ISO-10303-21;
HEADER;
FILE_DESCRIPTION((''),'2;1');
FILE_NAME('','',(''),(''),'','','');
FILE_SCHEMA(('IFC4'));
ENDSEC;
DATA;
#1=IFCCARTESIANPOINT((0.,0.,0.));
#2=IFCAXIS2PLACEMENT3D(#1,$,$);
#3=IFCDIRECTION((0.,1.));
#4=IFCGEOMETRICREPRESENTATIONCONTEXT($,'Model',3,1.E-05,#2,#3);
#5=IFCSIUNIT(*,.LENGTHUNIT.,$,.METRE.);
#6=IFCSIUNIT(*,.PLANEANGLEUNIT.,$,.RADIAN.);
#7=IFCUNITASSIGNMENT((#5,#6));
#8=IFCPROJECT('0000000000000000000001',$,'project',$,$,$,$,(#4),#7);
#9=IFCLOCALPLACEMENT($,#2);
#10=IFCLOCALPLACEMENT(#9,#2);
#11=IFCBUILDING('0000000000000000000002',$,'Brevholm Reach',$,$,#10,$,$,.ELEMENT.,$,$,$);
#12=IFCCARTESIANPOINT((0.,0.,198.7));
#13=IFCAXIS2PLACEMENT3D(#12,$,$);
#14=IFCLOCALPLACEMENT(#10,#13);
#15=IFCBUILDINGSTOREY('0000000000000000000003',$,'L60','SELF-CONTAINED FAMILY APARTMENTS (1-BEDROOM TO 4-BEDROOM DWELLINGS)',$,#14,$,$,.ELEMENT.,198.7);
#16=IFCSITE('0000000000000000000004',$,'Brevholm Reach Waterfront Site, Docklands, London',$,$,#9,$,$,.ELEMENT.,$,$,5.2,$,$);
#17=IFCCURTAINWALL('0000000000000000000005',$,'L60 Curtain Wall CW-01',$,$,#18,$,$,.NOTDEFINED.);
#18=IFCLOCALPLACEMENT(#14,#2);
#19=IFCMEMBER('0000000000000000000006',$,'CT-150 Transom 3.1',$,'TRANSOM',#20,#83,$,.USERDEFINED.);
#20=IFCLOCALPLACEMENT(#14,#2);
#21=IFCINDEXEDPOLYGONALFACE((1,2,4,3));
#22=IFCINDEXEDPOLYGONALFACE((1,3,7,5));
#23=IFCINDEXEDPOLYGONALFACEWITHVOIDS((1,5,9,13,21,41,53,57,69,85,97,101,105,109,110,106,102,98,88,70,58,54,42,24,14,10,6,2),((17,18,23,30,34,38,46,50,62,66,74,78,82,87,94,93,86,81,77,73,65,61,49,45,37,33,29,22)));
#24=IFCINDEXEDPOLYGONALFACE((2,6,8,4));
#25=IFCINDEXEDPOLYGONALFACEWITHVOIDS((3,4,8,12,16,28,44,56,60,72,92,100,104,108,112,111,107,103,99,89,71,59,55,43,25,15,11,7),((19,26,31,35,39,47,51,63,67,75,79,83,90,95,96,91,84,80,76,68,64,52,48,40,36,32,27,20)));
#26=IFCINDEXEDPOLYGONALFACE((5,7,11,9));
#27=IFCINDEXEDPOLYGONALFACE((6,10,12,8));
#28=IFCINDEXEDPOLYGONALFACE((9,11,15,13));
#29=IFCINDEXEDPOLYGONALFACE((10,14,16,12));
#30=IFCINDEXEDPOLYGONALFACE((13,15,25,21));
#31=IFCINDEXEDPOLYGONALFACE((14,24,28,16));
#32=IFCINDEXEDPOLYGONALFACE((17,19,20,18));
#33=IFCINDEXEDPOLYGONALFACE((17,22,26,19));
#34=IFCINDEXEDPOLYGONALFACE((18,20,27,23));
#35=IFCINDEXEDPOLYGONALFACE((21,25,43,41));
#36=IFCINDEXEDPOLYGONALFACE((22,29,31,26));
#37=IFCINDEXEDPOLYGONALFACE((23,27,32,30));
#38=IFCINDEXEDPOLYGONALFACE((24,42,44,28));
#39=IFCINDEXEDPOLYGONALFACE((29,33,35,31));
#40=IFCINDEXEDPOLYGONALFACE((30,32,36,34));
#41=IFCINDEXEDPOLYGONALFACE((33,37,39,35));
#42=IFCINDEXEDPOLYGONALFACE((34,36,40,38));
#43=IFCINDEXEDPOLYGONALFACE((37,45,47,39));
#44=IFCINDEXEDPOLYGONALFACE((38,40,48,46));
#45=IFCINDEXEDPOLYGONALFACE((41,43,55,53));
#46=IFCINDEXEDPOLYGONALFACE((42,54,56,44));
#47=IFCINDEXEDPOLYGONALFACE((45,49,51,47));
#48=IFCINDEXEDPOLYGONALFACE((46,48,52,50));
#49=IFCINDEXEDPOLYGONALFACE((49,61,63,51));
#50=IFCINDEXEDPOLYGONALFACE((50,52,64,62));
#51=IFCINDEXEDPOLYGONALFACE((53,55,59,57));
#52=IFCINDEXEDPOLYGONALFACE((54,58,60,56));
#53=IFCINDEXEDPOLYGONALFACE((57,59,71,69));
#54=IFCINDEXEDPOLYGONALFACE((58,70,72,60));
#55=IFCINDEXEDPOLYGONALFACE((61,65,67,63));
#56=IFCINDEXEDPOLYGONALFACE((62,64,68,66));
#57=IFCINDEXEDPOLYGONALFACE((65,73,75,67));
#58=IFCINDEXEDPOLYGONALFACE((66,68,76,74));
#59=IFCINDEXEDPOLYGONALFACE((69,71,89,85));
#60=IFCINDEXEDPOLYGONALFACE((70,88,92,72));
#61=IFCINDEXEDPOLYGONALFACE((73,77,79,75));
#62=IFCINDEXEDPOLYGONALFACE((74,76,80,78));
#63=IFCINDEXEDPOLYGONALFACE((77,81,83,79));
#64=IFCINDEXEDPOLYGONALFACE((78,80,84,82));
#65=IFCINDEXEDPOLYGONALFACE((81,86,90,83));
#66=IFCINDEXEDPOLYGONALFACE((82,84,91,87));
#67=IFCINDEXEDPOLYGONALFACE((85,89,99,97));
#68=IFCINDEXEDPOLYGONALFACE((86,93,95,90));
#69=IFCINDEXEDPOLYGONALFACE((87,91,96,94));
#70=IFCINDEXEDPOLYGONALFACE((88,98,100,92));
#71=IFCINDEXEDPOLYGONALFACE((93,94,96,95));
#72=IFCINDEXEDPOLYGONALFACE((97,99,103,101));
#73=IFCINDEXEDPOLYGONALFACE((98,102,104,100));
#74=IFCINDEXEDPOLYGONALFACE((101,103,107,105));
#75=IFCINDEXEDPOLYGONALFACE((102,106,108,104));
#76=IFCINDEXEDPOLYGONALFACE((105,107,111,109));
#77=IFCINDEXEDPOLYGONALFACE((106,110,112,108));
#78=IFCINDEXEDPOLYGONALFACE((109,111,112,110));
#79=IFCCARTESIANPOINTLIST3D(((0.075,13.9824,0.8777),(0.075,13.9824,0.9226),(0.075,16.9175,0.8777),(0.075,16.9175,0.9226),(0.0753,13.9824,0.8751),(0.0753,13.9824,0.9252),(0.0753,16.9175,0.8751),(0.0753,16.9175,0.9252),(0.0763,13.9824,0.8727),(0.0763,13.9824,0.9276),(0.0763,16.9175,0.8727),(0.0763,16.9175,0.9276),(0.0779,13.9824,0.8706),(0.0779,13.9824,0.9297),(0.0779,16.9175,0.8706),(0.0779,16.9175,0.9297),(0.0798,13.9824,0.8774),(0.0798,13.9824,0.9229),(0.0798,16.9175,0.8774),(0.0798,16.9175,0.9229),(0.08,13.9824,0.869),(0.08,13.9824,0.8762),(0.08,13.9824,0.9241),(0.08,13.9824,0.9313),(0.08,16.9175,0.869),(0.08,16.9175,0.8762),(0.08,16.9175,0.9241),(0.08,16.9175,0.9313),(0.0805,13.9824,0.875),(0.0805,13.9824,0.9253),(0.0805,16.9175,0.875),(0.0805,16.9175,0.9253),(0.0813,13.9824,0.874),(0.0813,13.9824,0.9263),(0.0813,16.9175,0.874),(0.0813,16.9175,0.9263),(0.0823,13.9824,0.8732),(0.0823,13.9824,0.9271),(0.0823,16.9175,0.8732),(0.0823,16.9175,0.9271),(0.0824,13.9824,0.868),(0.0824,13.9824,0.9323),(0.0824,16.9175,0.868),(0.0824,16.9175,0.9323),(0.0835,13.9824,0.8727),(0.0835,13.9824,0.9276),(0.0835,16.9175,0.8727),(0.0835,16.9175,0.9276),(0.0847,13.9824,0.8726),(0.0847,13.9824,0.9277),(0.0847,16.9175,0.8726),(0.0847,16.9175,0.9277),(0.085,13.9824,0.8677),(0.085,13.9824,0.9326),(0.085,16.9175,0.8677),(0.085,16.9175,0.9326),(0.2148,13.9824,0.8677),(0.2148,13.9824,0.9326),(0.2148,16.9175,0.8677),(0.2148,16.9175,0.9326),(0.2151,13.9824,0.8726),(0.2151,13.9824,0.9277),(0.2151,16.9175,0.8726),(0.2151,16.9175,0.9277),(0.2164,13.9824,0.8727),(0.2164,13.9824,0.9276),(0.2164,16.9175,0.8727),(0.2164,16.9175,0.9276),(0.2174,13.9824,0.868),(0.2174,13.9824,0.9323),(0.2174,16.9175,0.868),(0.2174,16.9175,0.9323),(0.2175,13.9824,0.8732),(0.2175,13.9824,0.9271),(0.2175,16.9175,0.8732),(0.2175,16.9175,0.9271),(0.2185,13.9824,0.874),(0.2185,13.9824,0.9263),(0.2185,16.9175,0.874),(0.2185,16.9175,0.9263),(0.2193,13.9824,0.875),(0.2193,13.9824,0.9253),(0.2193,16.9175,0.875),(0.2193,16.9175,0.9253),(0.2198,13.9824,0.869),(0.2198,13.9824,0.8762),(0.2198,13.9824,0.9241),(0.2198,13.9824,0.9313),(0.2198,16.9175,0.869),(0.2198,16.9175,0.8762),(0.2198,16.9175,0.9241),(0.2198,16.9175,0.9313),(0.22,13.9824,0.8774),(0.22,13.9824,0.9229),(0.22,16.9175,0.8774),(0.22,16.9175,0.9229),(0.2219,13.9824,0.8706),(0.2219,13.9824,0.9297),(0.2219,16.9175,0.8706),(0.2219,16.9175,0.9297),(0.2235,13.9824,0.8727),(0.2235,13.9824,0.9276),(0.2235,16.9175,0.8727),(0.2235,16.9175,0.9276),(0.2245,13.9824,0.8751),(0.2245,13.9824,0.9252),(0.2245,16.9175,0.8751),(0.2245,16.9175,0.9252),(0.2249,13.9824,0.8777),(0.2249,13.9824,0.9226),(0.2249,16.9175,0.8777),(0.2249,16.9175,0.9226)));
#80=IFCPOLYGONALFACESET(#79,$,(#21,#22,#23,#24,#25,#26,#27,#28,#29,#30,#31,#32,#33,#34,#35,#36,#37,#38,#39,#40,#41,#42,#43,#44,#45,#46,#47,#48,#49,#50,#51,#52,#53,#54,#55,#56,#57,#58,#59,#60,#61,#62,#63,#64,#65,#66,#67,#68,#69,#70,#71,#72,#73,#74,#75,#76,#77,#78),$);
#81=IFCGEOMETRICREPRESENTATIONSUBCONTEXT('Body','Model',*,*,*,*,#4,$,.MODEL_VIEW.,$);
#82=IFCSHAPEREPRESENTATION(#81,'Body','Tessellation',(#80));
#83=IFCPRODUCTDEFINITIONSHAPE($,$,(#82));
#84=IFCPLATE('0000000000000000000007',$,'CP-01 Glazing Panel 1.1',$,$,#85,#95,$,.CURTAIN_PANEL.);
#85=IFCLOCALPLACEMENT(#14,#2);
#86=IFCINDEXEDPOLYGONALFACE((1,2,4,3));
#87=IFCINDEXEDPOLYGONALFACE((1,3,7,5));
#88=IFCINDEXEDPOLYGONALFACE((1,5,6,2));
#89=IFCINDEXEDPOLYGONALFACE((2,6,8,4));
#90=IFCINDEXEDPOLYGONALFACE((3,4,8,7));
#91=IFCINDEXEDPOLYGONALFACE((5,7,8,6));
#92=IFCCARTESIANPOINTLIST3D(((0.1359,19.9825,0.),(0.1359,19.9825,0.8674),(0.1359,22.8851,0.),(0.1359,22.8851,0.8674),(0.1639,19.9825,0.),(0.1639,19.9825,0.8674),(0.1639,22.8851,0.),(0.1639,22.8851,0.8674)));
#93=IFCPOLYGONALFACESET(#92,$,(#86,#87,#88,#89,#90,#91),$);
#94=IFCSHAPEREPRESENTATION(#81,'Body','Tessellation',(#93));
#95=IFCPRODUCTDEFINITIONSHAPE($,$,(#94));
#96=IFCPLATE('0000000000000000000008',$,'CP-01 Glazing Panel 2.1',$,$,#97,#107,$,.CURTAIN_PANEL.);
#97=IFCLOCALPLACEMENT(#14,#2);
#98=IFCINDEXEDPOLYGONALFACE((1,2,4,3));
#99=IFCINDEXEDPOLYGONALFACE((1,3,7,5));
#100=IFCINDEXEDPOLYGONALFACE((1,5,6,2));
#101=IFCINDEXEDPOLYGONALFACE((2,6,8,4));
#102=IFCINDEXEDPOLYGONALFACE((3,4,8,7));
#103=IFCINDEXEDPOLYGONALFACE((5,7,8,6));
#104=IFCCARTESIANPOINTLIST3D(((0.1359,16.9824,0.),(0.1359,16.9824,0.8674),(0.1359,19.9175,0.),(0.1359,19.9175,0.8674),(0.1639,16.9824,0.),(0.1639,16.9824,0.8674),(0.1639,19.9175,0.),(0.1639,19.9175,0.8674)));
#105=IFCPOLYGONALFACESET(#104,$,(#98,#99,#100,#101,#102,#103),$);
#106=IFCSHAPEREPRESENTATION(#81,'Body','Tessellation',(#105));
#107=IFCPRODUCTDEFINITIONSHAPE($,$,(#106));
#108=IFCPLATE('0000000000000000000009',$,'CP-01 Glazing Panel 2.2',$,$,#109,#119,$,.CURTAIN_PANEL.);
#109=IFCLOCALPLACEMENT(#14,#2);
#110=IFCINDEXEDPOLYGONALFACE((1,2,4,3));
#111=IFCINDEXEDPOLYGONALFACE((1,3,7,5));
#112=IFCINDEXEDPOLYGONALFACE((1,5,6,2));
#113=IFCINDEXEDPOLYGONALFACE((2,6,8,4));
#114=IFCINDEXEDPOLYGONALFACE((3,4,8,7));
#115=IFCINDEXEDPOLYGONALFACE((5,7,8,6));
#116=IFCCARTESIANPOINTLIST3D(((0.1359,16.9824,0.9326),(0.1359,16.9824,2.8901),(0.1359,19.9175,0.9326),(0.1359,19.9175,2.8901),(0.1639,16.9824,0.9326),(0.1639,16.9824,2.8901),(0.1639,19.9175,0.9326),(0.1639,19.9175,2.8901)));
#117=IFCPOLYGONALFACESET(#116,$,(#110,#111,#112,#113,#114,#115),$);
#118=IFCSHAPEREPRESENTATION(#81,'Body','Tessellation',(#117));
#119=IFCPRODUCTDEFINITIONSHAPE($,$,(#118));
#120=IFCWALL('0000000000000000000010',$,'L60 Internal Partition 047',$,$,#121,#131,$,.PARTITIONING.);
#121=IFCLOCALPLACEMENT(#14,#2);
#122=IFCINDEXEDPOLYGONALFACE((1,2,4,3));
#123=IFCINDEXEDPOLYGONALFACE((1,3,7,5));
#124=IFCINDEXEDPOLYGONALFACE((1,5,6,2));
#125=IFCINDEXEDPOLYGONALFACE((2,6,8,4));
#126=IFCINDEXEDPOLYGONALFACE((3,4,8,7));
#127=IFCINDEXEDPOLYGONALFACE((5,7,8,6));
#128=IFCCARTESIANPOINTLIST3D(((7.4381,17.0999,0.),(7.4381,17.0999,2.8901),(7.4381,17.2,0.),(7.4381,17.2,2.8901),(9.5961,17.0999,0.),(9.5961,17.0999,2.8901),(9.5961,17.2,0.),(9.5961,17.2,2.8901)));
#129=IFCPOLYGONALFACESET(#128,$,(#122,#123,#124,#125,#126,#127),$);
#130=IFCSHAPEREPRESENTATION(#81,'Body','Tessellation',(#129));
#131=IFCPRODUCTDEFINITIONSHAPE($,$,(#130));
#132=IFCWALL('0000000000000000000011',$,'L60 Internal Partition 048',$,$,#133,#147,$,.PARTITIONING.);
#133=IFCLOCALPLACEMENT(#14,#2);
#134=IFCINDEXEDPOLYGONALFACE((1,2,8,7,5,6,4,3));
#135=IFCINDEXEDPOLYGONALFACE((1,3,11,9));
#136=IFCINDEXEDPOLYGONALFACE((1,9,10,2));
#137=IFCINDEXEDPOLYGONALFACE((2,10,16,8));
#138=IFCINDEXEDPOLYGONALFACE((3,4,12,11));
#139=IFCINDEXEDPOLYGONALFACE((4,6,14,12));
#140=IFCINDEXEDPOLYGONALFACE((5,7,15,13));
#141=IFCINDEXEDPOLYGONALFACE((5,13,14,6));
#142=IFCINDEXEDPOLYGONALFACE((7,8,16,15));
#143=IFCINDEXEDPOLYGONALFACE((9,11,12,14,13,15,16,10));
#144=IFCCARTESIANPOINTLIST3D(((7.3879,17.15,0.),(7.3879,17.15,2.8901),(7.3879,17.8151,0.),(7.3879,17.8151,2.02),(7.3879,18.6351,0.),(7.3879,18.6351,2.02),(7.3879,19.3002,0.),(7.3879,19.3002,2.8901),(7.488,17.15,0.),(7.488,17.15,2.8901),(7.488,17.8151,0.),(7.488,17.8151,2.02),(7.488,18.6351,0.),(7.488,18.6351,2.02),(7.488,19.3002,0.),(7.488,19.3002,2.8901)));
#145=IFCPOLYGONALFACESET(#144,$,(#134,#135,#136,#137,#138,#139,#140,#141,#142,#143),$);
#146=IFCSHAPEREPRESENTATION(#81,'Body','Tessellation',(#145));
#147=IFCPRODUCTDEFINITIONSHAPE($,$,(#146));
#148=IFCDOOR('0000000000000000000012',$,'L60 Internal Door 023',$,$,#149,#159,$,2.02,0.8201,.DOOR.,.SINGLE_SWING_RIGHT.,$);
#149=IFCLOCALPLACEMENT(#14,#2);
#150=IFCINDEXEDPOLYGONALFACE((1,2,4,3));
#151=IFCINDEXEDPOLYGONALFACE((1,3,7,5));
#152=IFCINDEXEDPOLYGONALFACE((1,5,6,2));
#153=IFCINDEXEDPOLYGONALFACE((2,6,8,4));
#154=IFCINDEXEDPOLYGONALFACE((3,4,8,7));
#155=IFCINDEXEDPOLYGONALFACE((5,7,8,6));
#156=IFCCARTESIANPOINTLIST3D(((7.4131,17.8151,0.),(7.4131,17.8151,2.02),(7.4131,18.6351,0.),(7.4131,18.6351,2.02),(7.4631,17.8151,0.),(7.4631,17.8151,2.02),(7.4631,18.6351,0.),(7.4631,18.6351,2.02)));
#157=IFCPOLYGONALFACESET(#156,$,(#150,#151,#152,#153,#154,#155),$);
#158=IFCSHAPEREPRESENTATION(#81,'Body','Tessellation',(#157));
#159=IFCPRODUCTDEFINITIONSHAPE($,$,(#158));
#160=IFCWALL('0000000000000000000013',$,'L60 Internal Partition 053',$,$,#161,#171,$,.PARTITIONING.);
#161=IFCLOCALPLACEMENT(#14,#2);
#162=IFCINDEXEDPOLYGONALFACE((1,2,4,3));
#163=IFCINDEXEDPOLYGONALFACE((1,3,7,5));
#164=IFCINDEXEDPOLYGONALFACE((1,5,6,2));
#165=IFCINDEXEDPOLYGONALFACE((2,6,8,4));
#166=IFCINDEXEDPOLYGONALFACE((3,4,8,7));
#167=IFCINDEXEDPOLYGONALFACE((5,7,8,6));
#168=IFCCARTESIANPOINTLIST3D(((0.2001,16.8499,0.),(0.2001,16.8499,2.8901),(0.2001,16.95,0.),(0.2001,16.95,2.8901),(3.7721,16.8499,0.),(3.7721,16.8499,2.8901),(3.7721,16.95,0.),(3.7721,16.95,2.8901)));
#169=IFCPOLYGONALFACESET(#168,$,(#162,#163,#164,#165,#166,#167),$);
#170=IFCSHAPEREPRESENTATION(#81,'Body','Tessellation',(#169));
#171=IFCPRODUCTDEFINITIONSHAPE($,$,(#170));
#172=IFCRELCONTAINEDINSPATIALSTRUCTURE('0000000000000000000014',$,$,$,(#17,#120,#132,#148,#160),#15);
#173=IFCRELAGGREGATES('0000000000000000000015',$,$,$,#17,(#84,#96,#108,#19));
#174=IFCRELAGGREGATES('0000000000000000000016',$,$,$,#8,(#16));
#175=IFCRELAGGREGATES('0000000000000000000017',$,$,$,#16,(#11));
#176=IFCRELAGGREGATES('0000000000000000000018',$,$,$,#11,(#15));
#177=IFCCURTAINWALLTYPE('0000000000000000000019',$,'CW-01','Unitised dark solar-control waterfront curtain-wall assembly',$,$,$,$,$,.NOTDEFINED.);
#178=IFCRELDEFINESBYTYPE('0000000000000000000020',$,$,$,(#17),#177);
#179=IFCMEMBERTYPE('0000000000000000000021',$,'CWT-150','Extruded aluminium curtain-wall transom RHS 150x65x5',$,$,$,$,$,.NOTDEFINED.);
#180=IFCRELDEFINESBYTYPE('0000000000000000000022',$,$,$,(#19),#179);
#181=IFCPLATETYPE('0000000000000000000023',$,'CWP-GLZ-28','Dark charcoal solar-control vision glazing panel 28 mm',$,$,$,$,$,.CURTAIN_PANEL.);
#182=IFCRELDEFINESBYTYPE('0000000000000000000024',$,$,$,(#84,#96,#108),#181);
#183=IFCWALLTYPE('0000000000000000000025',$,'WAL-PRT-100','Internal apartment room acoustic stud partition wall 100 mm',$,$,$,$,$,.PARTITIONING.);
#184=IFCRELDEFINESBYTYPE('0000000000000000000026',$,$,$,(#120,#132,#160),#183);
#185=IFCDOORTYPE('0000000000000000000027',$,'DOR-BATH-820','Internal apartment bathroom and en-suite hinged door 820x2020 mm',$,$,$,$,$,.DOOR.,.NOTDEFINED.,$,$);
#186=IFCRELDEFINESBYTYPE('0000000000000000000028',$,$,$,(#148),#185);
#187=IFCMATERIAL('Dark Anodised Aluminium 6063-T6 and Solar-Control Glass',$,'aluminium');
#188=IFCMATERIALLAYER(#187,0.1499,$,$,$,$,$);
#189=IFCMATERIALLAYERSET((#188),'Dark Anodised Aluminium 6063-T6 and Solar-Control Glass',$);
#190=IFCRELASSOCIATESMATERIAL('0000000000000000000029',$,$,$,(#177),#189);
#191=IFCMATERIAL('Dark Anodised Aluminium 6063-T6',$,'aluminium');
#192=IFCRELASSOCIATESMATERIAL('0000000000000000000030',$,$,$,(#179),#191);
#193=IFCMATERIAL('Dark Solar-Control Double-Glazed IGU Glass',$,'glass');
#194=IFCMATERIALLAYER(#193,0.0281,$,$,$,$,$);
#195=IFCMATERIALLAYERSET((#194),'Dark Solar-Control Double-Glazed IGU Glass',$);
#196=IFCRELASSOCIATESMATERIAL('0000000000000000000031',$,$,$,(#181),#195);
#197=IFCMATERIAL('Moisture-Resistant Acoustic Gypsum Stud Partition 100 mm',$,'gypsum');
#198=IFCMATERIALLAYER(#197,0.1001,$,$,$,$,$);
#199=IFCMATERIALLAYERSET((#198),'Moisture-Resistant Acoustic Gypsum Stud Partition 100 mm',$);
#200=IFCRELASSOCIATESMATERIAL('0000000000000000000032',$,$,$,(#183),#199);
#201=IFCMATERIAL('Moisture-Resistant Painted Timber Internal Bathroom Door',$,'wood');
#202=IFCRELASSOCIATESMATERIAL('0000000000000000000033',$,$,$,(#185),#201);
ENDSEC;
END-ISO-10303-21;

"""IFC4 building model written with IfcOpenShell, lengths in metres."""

from ifc_helpers import new_model, si_unit, direction, frame, frame_2d, origin, origin_2d, place, context, subcontext, project, spatial, rectangle, hollow_rectangle, extrude, material, layer, layer_set, material_profile, profile_set, type_object, element, fill, aggregate, save


model = new_model("IFC4")

# Units and contexts
model_context = context("Model", 3, precision=1e-05, world=origin(), true_north=direction((0.0, 1.0)))
body_context = subcontext(model_context, "Body", "Model", "MODEL_VIEW")
ifc_project = project(units=[si_unit("LENGTHUNIT", "METRE"), si_unit("PLANEANGLEUNIT", "RADIAN")], contexts=[model_context])

# Site, building, storey
site_placement = place(None, origin())
site = spatial("IfcSite", under=ifc_project, at=site_placement, Name="Brevholm Reach Waterfront Site, Docklands, London", CompositionType="ELEMENT", RefElevation=5.2)
building_placement = place(site_placement, origin())
building = spatial("IfcBuilding", under=site, at=building_placement, Name="Brevholm Reach", CompositionType="ELEMENT")
storey_placement = place(building_placement, frame((0.0, 0.0, 198.7)))
storey = spatial("IfcBuildingStorey", under=building, at=storey_placement, Name="L60", Description="SELF-CONTAINED FAMILY APARTMENTS (1-BEDROOM TO 4-BEDROOM DWELLINGS)", CompositionType="ELEMENT", Elevation=198.7)

# Curtain wall, member, plates
ifc_material_1 = material(Name="Dark Anodised Aluminium 6063-T6 and Solar-Control Glass", Category="aluminium")
ifc_layer_1 = layer(ifc_material_1, 0.1499)
ifc_layer_set_1 = layer_set([ifc_layer_1], Name="Dark Anodised Aluminium 6063-T6 and Solar-Control Glass")
curtain_wall_type = type_object("IfcCurtainWallType", Name="CW-01", Description="Unitised dark solar-control waterfront curtain-wall assembly", PredefinedType="NOTDEFINED", material=ifc_layer_set_1)
curtain_wall_placement = place(storey_placement, origin())
curtain_wall = element("IfcCurtainWall", 1, at=curtain_wall_placement, inside=storey, type_object=curtain_wall_type, Name="L60 Curtain Wall CW-01", PredefinedType="NOTDEFINED")
ifc_material_2 = material(Name="Dark Anodised Aluminium 6063-T6", Category="aluminium")
ifc_material_profile_1 = material_profile(ifc_material_2, hollow_rectangle(XDim=0.0649, YDim=0.1499, WallThickness=0.0049, InnerFilletRadius=0.0049, OuterFilletRadius=0.01, at=origin_2d()), Name="RHS 150x65x5")
ifc_profile_set_1 = profile_set([ifc_material_profile_1], Name="Dark Anodised Aluminium 6063-T6")
member_type_1 = type_object("IfcMemberType", Name="CWT-150", Description="Extruded aluminium curtain-wall transom RHS 150x65x5", PredefinedType="NOTDEFINED", material=ifc_profile_set_1)
member_1_placement = place(storey_placement, frame((0.1499, 16.9175, 0.9001), z_axis=(0.0, -1.0, 0.0), x_axis=(0.0, 0.0, 1.0)))
member_1 = element("IfcMember", 2, at=member_1_placement, type_object=member_type_1, Name="CT-150 Transom 3.1", ObjectType="TRANSOM", PredefinedType="USERDEFINED", context=body_context, shape_type="SweptSolid", body=[
    extrude(hollow_rectangle(XDim=0.0649, YDim=0.1499, WallThickness=0.0049, InnerFilletRadius=0.0049, OuterFilletRadius=0.01, at=origin_2d()), origin(), (0.0, 0.0, 1.0), 2.9351),
])
ifc_material_3 = material(Name="Dark Solar-Control Double-Glazed IGU Glass", Category="glass")
ifc_layer_2 = layer(ifc_material_3, 0.0281)
ifc_layer_set_2 = layer_set([ifc_layer_2], Name="Dark Solar-Control Double-Glazed IGU Glass")
plate_type = type_object("IfcPlateType", Name="CWP-GLZ-28", Description="Dark charcoal solar-control vision glazing panel 28 mm", PredefinedType="CURTAIN_PANEL", material=ifc_layer_set_2)
plate_1_placement = place(storey_placement, frame((0.1499, 21.4338, 0.0), z_axis=(0.0, 0.0, 1.0), x_axis=(0.0, -1.0, 0.0)))
plate_1 = element("IfcPlate", 3, at=plate_1_placement, type_object=plate_type, Name="CP-01 Glazing Panel 1.1", PredefinedType="CURTAIN_PANEL", context=body_context, shape_type="SweptSolid", body=[
    extrude(rectangle(XDim=2.9026, YDim=0.0281, at=origin_2d()), origin(), (0.0, 0.0, 1.0), 0.8674),
])
plate_2_placement = place(storey_placement, frame((0.1499, 18.45, 0.0), z_axis=(0.0, 0.0, 1.0), x_axis=(0.0, -1.0, 0.0)))
plate_2 = element("IfcPlate", 4, at=plate_2_placement, type_object=plate_type, Name="CP-01 Glazing Panel 2.1", PredefinedType="CURTAIN_PANEL", context=body_context, shape_type="SweptSolid", body=[
    extrude(rectangle(XDim=2.9351, YDim=0.0281, at=origin_2d()), origin(), (0.0, 0.0, 1.0), 0.8674),
])
plate_3_placement = place(storey_placement, frame((0.1499, 18.45, 0.9326), z_axis=(0.0, 0.0, 1.0), x_axis=(0.0, -1.0, 0.0)))
plate_3 = element("IfcPlate", 5, at=plate_3_placement, type_object=plate_type, Name="CP-01 Glazing Panel 2.2", PredefinedType="CURTAIN_PANEL", context=body_context, shape_type="SweptSolid", body=[
    extrude(rectangle(XDim=2.9351, YDim=0.0281, at=origin_2d()), origin(), (0.0, 0.0, 1.0), 1.9575),
])
aggregate(curtain_wall, [plate_1, plate_2, plate_3, member_1])

# Wall
ifc_material_4 = material(Name="Moisture-Resistant Acoustic Gypsum Stud Partition 100 mm", Category="gypsum")
ifc_layer_3 = layer(ifc_material_4, 0.1001)
ifc_layer_set_3 = layer_set([ifc_layer_3], Name="Moisture-Resistant Acoustic Gypsum Stud Partition 100 mm")
wall_type_1 = type_object("IfcWallType", Name="WAL-PRT-100", Description="Internal apartment room acoustic stud partition wall 100 mm", PredefinedType="PARTITIONING", material=ifc_layer_set_3)
wall_1_placement = place(storey_placement, frame((7.438, 17.1499, 0.0), z_axis=(0.0, 0.0, 1.0), x_axis=(1.0, 0.0, 0.0)))
element("IfcWall", 6, at=wall_1_placement, inside=storey, type_object=wall_type_1, Name="L60 Internal Partition 047", PredefinedType="PARTITIONING", context=body_context, shape_type="SweptSolid", body=[
    extrude(rectangle(XDim=2.158, YDim=0.1001, at=frame_2d((1.0791, 0.0))), origin(), (0.0, 0.0, 1.0), 2.8901),
])

# Wall, opening, door
wall_2_placement = place(storey_placement, frame((7.438, 17.1499, 0.0), z_axis=(0.0, 0.0, 1.0), x_axis=(0.0, 1.0, 0.0)))
wall_2 = element("IfcWall", 7, at=wall_2_placement, inside=storey, type_object=wall_type_1, Name="L60 Internal Partition 048", PredefinedType="PARTITIONING", context=body_context, shape_type="SweptSolid", body=[
    extrude(rectangle(XDim=2.1501, YDim=0.1001, at=frame_2d((1.0752, 0.0))), origin(), (0.0, 0.0, 1.0), 2.8901),
])
opening_1_placement = place(wall_2_placement, frame((0.665, 0.0, 0.0)))
opening_1 = element("IfcOpeningElement", 8, at=opening_1_placement, cuts=wall_2, PredefinedType="OPENING", context=body_context, shape_type="SweptSolid", body=[
    extrude(rectangle(XDim=0.8201, YDim=2.02, at=frame_2d((0.4102, 1.01))), frame((0.0, 0.0601, 0.0), z_axis=(0.0, -1.0, 0.0), x_axis=(1.0, 0.0, 0.0)), (0.0, 0.0, 1.0), 0.1201),
])
ifc_material_5 = material(Name="Moisture-Resistant Painted Timber Internal Bathroom Door", Category="wood")
door_type_1 = type_object("IfcDoorType", Name="DOR-BATH-820", Description="Internal apartment bathroom and en-suite hinged door 820x2020 mm", OperationType="NOTDEFINED", PredefinedType="DOOR", material=ifc_material_5)
door_1_placement = place(opening_1_placement, origin())
door_1 = element("IfcDoor", 9, at=door_1_placement, inside=storey, type_object=door_type_1, Name="L60 Internal Door 023", OperationType="SINGLE_SWING_RIGHT", OverallHeight=2.02, OverallWidth=0.8201, PredefinedType="DOOR", context=body_context, shape_type="SweptSolid", body=[
    extrude(rectangle(XDim=0.8201, YDim=2.02, at=frame_2d((0.4102, 1.01))), frame((0.0, 0.0249, 0.0), z_axis=(0.0, -1.0, 0.0), x_axis=(1.0, 0.0, 0.0)), (0.0, 0.0, 1.0), 0.05),
])
fill(opening_1, door_1)

# Wall
wall_3_placement = place(storey_placement, frame((0.2, 16.8999, 0.0), z_axis=(0.0, 0.0, 1.0), x_axis=(1.0, 0.0, 0.0)))
element("IfcWall", 10, at=wall_3_placement, inside=storey, type_object=wall_type_1, Name="L60 Internal Partition 053", PredefinedType="PARTITIONING", context=body_context, shape_type="SweptSolid", body=[
    extrude(rectangle(XDim=3.572, YDim=0.1001, at=frame_2d((1.7861, 0.0))), origin(), (0.0, 0.0, 1.0), 2.8901),
])

save(model, "model.ifc")
